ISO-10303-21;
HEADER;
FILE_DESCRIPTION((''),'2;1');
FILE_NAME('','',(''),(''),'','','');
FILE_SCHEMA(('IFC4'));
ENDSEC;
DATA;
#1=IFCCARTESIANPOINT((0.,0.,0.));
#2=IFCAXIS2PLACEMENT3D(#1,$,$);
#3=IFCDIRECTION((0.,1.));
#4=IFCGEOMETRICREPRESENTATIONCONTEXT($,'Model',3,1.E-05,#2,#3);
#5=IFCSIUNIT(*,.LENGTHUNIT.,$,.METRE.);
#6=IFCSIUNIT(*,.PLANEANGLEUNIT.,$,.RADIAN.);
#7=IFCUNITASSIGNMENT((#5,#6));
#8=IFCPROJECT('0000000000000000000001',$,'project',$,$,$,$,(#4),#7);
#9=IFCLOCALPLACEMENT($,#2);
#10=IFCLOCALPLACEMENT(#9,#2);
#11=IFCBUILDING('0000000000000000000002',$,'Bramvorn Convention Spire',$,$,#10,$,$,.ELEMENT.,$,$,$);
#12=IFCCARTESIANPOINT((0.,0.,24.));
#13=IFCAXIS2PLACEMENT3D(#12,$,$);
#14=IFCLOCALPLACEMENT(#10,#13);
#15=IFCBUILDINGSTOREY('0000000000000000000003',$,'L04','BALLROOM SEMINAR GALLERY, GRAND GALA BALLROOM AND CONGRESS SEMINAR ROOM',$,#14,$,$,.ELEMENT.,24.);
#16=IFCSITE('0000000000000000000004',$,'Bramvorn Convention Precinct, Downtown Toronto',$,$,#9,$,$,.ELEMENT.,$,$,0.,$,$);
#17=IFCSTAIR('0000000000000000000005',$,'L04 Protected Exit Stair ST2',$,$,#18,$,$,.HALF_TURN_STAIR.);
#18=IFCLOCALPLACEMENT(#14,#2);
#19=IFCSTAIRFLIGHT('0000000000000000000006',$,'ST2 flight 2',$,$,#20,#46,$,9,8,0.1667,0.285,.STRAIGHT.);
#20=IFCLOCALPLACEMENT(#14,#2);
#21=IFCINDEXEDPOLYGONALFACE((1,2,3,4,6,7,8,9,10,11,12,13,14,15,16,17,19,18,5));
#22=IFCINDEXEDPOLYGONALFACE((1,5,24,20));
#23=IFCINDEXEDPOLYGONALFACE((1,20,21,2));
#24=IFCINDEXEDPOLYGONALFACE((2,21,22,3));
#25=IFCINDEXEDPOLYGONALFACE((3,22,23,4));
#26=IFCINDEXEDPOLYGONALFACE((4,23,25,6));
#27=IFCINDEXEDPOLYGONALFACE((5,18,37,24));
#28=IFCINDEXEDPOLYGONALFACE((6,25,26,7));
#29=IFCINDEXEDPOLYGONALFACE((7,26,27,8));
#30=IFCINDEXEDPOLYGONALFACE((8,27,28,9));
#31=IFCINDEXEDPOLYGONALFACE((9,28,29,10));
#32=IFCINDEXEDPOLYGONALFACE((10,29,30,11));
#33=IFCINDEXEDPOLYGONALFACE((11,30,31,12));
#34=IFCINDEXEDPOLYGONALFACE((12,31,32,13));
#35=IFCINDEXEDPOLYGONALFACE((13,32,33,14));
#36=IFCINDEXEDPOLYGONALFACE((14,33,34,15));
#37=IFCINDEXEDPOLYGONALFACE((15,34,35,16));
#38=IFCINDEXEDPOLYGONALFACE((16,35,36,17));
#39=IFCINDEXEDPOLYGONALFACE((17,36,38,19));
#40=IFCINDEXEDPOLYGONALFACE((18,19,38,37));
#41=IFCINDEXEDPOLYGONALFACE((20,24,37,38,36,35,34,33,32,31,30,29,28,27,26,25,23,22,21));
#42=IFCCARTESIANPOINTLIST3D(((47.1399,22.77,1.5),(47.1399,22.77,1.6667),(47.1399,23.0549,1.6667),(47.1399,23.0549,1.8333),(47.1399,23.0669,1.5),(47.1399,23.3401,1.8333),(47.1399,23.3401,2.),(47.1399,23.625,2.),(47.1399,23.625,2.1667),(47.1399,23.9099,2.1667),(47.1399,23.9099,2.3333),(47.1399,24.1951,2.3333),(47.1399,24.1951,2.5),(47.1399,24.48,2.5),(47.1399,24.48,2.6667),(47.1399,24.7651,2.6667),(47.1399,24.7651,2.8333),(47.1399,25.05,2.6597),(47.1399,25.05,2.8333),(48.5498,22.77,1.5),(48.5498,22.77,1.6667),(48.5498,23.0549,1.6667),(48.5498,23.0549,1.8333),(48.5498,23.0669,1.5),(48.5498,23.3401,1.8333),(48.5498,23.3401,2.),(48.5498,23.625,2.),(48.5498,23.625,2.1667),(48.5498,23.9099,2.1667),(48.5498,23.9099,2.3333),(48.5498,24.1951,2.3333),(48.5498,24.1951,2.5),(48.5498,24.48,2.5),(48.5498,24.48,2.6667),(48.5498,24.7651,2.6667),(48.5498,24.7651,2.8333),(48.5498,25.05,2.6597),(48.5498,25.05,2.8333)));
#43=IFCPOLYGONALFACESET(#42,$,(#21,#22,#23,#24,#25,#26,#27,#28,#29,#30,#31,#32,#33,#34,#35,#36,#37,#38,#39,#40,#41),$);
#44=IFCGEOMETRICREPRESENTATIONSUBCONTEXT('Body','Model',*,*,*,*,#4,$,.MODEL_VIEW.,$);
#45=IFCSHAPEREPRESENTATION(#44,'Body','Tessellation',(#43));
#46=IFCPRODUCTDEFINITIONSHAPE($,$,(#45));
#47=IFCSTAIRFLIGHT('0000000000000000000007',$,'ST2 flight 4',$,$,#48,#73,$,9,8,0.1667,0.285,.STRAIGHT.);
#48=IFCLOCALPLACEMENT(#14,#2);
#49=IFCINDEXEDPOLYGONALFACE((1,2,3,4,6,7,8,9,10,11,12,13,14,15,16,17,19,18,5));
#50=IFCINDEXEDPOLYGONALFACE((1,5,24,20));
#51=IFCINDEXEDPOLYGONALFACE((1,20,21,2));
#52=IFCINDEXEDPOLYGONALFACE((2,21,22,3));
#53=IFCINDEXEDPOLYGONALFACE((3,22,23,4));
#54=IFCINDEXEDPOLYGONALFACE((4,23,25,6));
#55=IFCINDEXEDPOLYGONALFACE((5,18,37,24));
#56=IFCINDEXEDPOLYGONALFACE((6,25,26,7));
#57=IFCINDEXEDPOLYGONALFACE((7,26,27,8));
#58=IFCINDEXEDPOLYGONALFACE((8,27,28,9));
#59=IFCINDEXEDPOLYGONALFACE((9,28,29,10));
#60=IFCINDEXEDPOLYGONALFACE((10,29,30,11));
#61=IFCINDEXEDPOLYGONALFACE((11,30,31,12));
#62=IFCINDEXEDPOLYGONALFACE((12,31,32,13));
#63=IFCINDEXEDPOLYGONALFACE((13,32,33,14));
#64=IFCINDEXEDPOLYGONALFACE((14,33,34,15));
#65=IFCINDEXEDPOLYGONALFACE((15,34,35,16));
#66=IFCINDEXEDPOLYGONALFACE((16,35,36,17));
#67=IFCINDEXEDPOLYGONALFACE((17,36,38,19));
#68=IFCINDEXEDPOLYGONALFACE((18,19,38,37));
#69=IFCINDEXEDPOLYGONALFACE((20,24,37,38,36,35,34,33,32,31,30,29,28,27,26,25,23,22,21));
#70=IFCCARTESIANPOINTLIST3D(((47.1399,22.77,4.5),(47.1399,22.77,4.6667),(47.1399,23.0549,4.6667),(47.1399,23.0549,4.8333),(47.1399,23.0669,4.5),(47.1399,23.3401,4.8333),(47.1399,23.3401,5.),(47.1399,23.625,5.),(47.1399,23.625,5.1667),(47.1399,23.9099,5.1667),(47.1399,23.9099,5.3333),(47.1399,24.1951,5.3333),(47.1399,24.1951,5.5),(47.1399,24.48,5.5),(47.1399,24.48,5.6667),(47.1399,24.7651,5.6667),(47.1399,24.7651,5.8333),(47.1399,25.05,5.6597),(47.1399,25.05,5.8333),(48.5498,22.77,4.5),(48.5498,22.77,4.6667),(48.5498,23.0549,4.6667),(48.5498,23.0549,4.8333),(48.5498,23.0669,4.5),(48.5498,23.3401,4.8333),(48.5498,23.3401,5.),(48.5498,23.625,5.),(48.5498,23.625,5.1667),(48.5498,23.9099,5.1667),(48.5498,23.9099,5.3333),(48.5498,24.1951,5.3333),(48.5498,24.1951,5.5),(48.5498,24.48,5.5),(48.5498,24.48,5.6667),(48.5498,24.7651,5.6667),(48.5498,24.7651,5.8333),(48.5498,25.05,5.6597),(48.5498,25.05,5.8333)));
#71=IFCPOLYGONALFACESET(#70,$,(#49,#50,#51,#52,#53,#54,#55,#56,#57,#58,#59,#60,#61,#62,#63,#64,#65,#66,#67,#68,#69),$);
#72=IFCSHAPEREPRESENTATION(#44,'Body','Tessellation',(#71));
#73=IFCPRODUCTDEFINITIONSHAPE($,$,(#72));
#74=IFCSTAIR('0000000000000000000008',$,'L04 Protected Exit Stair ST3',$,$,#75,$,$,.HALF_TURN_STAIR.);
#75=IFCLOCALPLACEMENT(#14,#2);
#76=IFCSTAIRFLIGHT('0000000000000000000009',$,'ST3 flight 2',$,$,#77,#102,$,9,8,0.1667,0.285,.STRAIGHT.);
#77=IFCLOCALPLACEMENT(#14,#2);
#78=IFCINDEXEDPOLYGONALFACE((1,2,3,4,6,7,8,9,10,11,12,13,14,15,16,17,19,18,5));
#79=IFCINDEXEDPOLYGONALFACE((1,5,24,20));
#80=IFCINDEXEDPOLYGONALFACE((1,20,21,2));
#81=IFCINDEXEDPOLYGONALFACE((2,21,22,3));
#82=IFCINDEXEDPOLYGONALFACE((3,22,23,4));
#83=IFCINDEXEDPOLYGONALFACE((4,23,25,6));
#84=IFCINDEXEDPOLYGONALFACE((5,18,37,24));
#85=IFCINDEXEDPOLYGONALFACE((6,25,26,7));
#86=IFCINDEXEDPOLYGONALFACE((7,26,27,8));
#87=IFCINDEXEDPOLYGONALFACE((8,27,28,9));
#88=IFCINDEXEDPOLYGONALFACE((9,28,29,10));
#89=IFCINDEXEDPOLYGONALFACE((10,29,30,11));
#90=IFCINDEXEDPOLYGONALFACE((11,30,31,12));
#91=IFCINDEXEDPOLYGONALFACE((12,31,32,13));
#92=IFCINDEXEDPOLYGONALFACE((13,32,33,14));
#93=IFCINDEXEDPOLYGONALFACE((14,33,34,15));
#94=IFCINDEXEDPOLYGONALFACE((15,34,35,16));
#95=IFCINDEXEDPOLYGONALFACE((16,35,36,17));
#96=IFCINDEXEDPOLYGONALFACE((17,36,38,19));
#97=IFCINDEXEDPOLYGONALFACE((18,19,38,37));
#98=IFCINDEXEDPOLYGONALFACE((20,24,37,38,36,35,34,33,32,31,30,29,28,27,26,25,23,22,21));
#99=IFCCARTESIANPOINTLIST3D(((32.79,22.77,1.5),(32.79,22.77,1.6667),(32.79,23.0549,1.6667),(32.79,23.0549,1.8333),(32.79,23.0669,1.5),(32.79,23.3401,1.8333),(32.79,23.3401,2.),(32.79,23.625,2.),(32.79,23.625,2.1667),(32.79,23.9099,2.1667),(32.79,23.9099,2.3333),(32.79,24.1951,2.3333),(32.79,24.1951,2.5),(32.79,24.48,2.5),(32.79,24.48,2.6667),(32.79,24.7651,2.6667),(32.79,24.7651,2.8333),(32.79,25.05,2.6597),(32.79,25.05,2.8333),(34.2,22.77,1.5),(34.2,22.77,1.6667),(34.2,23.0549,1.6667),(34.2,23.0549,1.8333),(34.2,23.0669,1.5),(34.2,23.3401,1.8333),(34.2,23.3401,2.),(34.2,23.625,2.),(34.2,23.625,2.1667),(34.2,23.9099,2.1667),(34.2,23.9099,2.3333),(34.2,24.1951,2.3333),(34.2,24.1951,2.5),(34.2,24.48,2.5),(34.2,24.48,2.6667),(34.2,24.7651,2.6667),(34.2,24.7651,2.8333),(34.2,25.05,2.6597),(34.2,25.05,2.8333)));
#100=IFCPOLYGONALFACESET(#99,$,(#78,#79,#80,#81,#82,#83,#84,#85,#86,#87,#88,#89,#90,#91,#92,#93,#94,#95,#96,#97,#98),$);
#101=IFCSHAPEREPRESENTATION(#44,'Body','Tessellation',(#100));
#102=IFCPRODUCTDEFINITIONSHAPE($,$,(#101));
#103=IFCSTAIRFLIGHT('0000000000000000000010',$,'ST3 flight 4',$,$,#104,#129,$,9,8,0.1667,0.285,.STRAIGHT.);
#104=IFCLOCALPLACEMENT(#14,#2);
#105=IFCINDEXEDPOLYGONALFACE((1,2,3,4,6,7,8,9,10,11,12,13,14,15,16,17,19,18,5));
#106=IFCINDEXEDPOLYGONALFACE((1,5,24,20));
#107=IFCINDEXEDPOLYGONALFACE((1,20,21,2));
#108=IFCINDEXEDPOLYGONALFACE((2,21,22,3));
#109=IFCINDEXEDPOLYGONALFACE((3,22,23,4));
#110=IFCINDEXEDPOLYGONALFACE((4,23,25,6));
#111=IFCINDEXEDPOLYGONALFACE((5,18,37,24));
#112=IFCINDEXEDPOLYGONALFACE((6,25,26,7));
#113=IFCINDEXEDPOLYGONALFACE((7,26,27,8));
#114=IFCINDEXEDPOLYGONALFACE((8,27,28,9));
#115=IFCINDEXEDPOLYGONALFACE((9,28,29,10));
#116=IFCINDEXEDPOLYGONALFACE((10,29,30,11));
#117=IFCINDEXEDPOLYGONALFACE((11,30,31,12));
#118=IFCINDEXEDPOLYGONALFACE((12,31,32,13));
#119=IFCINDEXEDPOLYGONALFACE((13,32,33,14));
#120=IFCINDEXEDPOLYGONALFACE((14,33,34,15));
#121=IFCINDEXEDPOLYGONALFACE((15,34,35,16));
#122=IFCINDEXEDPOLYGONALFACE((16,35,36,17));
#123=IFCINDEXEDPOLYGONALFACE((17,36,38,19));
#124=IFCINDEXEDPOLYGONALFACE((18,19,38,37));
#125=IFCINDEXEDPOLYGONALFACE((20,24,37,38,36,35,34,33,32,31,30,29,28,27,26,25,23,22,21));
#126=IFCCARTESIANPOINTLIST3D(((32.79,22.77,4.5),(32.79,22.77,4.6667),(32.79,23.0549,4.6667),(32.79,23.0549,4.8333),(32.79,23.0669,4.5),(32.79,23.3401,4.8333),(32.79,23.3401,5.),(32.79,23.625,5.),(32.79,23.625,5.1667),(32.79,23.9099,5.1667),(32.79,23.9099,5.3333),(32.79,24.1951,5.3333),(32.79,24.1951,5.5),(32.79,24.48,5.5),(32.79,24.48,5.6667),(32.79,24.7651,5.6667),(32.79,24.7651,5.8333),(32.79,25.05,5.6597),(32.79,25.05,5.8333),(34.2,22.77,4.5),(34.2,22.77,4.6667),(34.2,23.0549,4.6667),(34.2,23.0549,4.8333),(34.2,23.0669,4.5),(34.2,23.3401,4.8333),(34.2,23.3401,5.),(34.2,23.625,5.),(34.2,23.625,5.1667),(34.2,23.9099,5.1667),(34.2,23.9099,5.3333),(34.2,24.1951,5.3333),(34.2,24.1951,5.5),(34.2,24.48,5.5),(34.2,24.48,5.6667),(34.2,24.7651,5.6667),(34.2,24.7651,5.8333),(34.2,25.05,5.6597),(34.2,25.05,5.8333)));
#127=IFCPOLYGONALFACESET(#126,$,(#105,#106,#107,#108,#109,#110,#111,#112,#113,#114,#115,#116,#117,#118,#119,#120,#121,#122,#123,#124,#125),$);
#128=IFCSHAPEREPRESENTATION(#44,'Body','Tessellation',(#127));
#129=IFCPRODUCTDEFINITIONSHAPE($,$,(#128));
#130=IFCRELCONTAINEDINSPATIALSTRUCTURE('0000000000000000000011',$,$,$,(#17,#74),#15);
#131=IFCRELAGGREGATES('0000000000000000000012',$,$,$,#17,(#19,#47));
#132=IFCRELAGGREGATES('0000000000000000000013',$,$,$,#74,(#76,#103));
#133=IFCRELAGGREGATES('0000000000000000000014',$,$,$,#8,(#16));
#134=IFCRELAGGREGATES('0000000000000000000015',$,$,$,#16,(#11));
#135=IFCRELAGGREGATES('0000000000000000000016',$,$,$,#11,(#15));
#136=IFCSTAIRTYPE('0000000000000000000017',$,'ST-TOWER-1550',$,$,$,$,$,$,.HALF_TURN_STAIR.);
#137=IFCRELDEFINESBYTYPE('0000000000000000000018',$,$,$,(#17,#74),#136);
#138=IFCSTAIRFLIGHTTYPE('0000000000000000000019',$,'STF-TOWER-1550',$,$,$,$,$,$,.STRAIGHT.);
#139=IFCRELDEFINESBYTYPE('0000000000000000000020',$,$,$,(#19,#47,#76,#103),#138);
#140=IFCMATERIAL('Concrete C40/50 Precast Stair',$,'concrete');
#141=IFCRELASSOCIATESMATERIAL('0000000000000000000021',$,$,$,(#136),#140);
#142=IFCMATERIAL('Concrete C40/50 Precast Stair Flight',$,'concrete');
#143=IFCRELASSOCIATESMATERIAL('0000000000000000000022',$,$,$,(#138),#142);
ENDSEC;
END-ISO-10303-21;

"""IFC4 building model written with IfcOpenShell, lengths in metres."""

from ifc_helpers import new_model, si_unit, direction, frame, origin, place, context, subcontext, project, spatial, polyline, outline, extrude, material, type_object, element, aggregate, save


model = new_model("IFC4")

# Units and contexts
model_context = context("Model", 3, precision=1e-05, world=origin(), true_north=direction((0.0, 1.0)))
body_context = subcontext(model_context, "Body", "Model", "MODEL_VIEW")
ifc_project = project(units=[si_unit("LENGTHUNIT", "METRE"), si_unit("PLANEANGLEUNIT", "RADIAN")], contexts=[model_context])

# Site, building, storey
site_placement = place(None, origin())
site = spatial("IfcSite", under=ifc_project, at=site_placement, Name="Bramvorn Convention Precinct, Downtown Toronto", CompositionType="ELEMENT", RefElevation=0.0)
building_placement = place(site_placement, origin())
building = spatial("IfcBuilding", under=site, at=building_placement, Name="Bramvorn Convention Spire", CompositionType="ELEMENT")
storey_placement = place(building_placement, frame((0.0, 0.0, 24.0)))
storey = spatial("IfcBuildingStorey", under=building, at=storey_placement, Name="L04", Description="BALLROOM SEMINAR GALLERY, GRAND GALA BALLROOM AND CONGRESS SEMINAR ROOM", CompositionType="ELEMENT", Elevation=24.0)

# Stairs, stair flights
ifc_material_1 = material(Name="Concrete C40/50 Precast Stair", Category="concrete")
stair_type = type_object("IfcStairType", Name="ST-TOWER-1550", PredefinedType="HALF_TURN_STAIR", material=ifc_material_1)
stair_1_placement = place(storey_placement, origin())
stair_1 = element("IfcStair", 1, at=stair_1_placement, inside=storey, type_object=stair_type, Name="L04 Protected Exit Stair ST2", PredefinedType="HALF_TURN_STAIR")
ifc_material_2 = material(Name="Concrete C40/50 Precast Stair Flight", Category="concrete")
stair_flight_type = type_object("IfcStairFlightType", Name="STF-TOWER-1550", PredefinedType="STRAIGHT", material=ifc_material_2)
stair_flight_1_placement = place(storey_placement, frame((47.845, 22.77, 1.5), z_axis=(0.0, 0.0, 1.0), x_axis=(0.0, 1.0, 0.0)))
stair_flight_1 = element("IfcStairFlight", 2, at=stair_flight_1_placement, type_object=stair_flight_type, Name="ST2 flight 2", NumberOfRisers=9, NumberOfTreads=8, PredefinedType="STRAIGHT", RiserHeight=0.1667, TreadLength=0.285, context=body_context, shape_type="SweptSolid", body=[
    extrude(outline(polyline([(0.0, 0.0), (0.0, 0.1667), (0.2849, 0.1667), (0.2849, 0.3333), (0.5701, 0.3333), (0.5701, 0.5), (0.855, 0.5), (0.855, 0.6667), (1.1399, 0.6667), (1.1399, 0.8333), (1.425, 0.8333), (1.425, 1.0), (1.71, 1.0), (1.71, 1.1667), (1.9951, 1.1667), (1.9951, 1.3333), (2.28, 1.3333), (2.28, 1.5), (2.28, 1.1597), (0.2969, 0.0), (0.0, 0.0)])), frame((0.0, 0.7051, 0.0), z_axis=(0.0, -1.0, 0.0), x_axis=(1.0, 0.0, 0.0)), (0.0, 0.0, 1.0), 1.4099),
])
stair_flight_2_placement = place(storey_placement, frame((47.845, 22.77, 4.5), z_axis=(0.0, 0.0, 1.0), x_axis=(0.0, 1.0, 0.0)))
stair_flight_2 = element("IfcStairFlight", 3, at=stair_flight_2_placement, type_object=stair_flight_type, Name="ST2 flight 4", NumberOfRisers=9, NumberOfTreads=8, PredefinedType="STRAIGHT", RiserHeight=0.1667, TreadLength=0.285, context=body_context, shape_type="SweptSolid", body=[
    extrude(outline(polyline([(0.0, 0.0), (0.0, 0.1667), (0.2849, 0.1667), (0.2849, 0.3333), (0.5701, 0.3333), (0.5701, 0.5), (0.855, 0.5), (0.855, 0.6667), (1.1399, 0.6667), (1.1399, 0.8333), (1.425, 0.8333), (1.425, 1.0), (1.71, 1.0), (1.71, 1.1667), (1.9951, 1.1667), (1.9951, 1.3333), (2.28, 1.3333), (2.28, 1.5), (2.28, 1.1597), (0.2969, 0.0), (0.0, 0.0)])), frame((0.0, 0.7051, 0.0), z_axis=(0.0, -1.0, 0.0), x_axis=(1.0, 0.0, 0.0)), (0.0, 0.0, 1.0), 1.4099),
])
aggregate(stair_1, [stair_flight_1, stair_flight_2])
stair_2_placement = place(storey_placement, origin())
stair_2 = element("IfcStair", 4, at=stair_2_placement, inside=storey, type_object=stair_type, Name="L04 Protected Exit Stair ST3", PredefinedType="HALF_TURN_STAIR")
stair_flight_3_placement = place(storey_placement, frame((33.4951, 22.77, 1.5), z_axis=(0.0, 0.0, 1.0), x_axis=(0.0, 1.0, 0.0)))
stair_flight_3 = element("IfcStairFlight", 5, at=stair_flight_3_placement, type_object=stair_flight_type, Name="ST3 flight 2", NumberOfRisers=9, NumberOfTreads=8, PredefinedType="STRAIGHT", RiserHeight=0.1667, TreadLength=0.285, context=body_context, shape_type="SweptSolid", body=[
    extrude(outline(polyline([(0.0, 0.0), (0.0, 0.1667), (0.2849, 0.1667), (0.2849, 0.3333), (0.5701, 0.3333), (0.5701, 0.5), (0.855, 0.5), (0.855, 0.6667), (1.1399, 0.6667), (1.1399, 0.8333), (1.425, 0.8333), (1.425, 1.0), (1.71, 1.0), (1.71, 1.1667), (1.9951, 1.1667), (1.9951, 1.3333), (2.28, 1.3333), (2.28, 1.5), (2.28, 1.1597), (0.2969, 0.0), (0.0, 0.0)])), frame((0.0, 0.7051, 0.0), z_axis=(0.0, -1.0, 0.0), x_axis=(1.0, 0.0, 0.0)), (0.0, 0.0, 1.0), 1.4099),
])
stair_flight_4_placement = place(storey_placement, frame((33.4951, 22.77, 4.5), z_axis=(0.0, 0.0, 1.0), x_axis=(0.0, 1.0, 0.0)))
stair_flight_4 = element("IfcStairFlight", 6, at=stair_flight_4_placement, type_object=stair_flight_type, Name="ST3 flight 4", NumberOfRisers=9, NumberOfTreads=8, PredefinedType="STRAIGHT", RiserHeight=0.1667, TreadLength=0.285, context=body_context, shape_type="SweptSolid", body=[
    extrude(outline(polyline([(0.0, 0.0), (0.0, 0.1667), (0.2849, 0.1667), (0.2849, 0.3333), (0.5701, 0.3333), (0.5701, 0.5), (0.855, 0.5), (0.855, 0.6667), (1.1399, 0.6667), (1.1399, 0.8333), (1.425, 0.8333), (1.425, 1.0), (1.71, 1.0), (1.71, 1.1667), (1.9951, 1.1667), (1.9951, 1.3333), (2.28, 1.3333), (2.28, 1.5), (2.28, 1.1597), (0.2969, 0.0), (0.0, 0.0)])), frame((0.0, 0.7051, 0.0), z_axis=(0.0, -1.0, 0.0), x_axis=(1.0, 0.0, 0.0)), (0.0, 0.0, 1.0), 1.4099),
])
aggregate(stair_2, [stair_flight_3, stair_flight_4])

save(model, "model.ifc")
